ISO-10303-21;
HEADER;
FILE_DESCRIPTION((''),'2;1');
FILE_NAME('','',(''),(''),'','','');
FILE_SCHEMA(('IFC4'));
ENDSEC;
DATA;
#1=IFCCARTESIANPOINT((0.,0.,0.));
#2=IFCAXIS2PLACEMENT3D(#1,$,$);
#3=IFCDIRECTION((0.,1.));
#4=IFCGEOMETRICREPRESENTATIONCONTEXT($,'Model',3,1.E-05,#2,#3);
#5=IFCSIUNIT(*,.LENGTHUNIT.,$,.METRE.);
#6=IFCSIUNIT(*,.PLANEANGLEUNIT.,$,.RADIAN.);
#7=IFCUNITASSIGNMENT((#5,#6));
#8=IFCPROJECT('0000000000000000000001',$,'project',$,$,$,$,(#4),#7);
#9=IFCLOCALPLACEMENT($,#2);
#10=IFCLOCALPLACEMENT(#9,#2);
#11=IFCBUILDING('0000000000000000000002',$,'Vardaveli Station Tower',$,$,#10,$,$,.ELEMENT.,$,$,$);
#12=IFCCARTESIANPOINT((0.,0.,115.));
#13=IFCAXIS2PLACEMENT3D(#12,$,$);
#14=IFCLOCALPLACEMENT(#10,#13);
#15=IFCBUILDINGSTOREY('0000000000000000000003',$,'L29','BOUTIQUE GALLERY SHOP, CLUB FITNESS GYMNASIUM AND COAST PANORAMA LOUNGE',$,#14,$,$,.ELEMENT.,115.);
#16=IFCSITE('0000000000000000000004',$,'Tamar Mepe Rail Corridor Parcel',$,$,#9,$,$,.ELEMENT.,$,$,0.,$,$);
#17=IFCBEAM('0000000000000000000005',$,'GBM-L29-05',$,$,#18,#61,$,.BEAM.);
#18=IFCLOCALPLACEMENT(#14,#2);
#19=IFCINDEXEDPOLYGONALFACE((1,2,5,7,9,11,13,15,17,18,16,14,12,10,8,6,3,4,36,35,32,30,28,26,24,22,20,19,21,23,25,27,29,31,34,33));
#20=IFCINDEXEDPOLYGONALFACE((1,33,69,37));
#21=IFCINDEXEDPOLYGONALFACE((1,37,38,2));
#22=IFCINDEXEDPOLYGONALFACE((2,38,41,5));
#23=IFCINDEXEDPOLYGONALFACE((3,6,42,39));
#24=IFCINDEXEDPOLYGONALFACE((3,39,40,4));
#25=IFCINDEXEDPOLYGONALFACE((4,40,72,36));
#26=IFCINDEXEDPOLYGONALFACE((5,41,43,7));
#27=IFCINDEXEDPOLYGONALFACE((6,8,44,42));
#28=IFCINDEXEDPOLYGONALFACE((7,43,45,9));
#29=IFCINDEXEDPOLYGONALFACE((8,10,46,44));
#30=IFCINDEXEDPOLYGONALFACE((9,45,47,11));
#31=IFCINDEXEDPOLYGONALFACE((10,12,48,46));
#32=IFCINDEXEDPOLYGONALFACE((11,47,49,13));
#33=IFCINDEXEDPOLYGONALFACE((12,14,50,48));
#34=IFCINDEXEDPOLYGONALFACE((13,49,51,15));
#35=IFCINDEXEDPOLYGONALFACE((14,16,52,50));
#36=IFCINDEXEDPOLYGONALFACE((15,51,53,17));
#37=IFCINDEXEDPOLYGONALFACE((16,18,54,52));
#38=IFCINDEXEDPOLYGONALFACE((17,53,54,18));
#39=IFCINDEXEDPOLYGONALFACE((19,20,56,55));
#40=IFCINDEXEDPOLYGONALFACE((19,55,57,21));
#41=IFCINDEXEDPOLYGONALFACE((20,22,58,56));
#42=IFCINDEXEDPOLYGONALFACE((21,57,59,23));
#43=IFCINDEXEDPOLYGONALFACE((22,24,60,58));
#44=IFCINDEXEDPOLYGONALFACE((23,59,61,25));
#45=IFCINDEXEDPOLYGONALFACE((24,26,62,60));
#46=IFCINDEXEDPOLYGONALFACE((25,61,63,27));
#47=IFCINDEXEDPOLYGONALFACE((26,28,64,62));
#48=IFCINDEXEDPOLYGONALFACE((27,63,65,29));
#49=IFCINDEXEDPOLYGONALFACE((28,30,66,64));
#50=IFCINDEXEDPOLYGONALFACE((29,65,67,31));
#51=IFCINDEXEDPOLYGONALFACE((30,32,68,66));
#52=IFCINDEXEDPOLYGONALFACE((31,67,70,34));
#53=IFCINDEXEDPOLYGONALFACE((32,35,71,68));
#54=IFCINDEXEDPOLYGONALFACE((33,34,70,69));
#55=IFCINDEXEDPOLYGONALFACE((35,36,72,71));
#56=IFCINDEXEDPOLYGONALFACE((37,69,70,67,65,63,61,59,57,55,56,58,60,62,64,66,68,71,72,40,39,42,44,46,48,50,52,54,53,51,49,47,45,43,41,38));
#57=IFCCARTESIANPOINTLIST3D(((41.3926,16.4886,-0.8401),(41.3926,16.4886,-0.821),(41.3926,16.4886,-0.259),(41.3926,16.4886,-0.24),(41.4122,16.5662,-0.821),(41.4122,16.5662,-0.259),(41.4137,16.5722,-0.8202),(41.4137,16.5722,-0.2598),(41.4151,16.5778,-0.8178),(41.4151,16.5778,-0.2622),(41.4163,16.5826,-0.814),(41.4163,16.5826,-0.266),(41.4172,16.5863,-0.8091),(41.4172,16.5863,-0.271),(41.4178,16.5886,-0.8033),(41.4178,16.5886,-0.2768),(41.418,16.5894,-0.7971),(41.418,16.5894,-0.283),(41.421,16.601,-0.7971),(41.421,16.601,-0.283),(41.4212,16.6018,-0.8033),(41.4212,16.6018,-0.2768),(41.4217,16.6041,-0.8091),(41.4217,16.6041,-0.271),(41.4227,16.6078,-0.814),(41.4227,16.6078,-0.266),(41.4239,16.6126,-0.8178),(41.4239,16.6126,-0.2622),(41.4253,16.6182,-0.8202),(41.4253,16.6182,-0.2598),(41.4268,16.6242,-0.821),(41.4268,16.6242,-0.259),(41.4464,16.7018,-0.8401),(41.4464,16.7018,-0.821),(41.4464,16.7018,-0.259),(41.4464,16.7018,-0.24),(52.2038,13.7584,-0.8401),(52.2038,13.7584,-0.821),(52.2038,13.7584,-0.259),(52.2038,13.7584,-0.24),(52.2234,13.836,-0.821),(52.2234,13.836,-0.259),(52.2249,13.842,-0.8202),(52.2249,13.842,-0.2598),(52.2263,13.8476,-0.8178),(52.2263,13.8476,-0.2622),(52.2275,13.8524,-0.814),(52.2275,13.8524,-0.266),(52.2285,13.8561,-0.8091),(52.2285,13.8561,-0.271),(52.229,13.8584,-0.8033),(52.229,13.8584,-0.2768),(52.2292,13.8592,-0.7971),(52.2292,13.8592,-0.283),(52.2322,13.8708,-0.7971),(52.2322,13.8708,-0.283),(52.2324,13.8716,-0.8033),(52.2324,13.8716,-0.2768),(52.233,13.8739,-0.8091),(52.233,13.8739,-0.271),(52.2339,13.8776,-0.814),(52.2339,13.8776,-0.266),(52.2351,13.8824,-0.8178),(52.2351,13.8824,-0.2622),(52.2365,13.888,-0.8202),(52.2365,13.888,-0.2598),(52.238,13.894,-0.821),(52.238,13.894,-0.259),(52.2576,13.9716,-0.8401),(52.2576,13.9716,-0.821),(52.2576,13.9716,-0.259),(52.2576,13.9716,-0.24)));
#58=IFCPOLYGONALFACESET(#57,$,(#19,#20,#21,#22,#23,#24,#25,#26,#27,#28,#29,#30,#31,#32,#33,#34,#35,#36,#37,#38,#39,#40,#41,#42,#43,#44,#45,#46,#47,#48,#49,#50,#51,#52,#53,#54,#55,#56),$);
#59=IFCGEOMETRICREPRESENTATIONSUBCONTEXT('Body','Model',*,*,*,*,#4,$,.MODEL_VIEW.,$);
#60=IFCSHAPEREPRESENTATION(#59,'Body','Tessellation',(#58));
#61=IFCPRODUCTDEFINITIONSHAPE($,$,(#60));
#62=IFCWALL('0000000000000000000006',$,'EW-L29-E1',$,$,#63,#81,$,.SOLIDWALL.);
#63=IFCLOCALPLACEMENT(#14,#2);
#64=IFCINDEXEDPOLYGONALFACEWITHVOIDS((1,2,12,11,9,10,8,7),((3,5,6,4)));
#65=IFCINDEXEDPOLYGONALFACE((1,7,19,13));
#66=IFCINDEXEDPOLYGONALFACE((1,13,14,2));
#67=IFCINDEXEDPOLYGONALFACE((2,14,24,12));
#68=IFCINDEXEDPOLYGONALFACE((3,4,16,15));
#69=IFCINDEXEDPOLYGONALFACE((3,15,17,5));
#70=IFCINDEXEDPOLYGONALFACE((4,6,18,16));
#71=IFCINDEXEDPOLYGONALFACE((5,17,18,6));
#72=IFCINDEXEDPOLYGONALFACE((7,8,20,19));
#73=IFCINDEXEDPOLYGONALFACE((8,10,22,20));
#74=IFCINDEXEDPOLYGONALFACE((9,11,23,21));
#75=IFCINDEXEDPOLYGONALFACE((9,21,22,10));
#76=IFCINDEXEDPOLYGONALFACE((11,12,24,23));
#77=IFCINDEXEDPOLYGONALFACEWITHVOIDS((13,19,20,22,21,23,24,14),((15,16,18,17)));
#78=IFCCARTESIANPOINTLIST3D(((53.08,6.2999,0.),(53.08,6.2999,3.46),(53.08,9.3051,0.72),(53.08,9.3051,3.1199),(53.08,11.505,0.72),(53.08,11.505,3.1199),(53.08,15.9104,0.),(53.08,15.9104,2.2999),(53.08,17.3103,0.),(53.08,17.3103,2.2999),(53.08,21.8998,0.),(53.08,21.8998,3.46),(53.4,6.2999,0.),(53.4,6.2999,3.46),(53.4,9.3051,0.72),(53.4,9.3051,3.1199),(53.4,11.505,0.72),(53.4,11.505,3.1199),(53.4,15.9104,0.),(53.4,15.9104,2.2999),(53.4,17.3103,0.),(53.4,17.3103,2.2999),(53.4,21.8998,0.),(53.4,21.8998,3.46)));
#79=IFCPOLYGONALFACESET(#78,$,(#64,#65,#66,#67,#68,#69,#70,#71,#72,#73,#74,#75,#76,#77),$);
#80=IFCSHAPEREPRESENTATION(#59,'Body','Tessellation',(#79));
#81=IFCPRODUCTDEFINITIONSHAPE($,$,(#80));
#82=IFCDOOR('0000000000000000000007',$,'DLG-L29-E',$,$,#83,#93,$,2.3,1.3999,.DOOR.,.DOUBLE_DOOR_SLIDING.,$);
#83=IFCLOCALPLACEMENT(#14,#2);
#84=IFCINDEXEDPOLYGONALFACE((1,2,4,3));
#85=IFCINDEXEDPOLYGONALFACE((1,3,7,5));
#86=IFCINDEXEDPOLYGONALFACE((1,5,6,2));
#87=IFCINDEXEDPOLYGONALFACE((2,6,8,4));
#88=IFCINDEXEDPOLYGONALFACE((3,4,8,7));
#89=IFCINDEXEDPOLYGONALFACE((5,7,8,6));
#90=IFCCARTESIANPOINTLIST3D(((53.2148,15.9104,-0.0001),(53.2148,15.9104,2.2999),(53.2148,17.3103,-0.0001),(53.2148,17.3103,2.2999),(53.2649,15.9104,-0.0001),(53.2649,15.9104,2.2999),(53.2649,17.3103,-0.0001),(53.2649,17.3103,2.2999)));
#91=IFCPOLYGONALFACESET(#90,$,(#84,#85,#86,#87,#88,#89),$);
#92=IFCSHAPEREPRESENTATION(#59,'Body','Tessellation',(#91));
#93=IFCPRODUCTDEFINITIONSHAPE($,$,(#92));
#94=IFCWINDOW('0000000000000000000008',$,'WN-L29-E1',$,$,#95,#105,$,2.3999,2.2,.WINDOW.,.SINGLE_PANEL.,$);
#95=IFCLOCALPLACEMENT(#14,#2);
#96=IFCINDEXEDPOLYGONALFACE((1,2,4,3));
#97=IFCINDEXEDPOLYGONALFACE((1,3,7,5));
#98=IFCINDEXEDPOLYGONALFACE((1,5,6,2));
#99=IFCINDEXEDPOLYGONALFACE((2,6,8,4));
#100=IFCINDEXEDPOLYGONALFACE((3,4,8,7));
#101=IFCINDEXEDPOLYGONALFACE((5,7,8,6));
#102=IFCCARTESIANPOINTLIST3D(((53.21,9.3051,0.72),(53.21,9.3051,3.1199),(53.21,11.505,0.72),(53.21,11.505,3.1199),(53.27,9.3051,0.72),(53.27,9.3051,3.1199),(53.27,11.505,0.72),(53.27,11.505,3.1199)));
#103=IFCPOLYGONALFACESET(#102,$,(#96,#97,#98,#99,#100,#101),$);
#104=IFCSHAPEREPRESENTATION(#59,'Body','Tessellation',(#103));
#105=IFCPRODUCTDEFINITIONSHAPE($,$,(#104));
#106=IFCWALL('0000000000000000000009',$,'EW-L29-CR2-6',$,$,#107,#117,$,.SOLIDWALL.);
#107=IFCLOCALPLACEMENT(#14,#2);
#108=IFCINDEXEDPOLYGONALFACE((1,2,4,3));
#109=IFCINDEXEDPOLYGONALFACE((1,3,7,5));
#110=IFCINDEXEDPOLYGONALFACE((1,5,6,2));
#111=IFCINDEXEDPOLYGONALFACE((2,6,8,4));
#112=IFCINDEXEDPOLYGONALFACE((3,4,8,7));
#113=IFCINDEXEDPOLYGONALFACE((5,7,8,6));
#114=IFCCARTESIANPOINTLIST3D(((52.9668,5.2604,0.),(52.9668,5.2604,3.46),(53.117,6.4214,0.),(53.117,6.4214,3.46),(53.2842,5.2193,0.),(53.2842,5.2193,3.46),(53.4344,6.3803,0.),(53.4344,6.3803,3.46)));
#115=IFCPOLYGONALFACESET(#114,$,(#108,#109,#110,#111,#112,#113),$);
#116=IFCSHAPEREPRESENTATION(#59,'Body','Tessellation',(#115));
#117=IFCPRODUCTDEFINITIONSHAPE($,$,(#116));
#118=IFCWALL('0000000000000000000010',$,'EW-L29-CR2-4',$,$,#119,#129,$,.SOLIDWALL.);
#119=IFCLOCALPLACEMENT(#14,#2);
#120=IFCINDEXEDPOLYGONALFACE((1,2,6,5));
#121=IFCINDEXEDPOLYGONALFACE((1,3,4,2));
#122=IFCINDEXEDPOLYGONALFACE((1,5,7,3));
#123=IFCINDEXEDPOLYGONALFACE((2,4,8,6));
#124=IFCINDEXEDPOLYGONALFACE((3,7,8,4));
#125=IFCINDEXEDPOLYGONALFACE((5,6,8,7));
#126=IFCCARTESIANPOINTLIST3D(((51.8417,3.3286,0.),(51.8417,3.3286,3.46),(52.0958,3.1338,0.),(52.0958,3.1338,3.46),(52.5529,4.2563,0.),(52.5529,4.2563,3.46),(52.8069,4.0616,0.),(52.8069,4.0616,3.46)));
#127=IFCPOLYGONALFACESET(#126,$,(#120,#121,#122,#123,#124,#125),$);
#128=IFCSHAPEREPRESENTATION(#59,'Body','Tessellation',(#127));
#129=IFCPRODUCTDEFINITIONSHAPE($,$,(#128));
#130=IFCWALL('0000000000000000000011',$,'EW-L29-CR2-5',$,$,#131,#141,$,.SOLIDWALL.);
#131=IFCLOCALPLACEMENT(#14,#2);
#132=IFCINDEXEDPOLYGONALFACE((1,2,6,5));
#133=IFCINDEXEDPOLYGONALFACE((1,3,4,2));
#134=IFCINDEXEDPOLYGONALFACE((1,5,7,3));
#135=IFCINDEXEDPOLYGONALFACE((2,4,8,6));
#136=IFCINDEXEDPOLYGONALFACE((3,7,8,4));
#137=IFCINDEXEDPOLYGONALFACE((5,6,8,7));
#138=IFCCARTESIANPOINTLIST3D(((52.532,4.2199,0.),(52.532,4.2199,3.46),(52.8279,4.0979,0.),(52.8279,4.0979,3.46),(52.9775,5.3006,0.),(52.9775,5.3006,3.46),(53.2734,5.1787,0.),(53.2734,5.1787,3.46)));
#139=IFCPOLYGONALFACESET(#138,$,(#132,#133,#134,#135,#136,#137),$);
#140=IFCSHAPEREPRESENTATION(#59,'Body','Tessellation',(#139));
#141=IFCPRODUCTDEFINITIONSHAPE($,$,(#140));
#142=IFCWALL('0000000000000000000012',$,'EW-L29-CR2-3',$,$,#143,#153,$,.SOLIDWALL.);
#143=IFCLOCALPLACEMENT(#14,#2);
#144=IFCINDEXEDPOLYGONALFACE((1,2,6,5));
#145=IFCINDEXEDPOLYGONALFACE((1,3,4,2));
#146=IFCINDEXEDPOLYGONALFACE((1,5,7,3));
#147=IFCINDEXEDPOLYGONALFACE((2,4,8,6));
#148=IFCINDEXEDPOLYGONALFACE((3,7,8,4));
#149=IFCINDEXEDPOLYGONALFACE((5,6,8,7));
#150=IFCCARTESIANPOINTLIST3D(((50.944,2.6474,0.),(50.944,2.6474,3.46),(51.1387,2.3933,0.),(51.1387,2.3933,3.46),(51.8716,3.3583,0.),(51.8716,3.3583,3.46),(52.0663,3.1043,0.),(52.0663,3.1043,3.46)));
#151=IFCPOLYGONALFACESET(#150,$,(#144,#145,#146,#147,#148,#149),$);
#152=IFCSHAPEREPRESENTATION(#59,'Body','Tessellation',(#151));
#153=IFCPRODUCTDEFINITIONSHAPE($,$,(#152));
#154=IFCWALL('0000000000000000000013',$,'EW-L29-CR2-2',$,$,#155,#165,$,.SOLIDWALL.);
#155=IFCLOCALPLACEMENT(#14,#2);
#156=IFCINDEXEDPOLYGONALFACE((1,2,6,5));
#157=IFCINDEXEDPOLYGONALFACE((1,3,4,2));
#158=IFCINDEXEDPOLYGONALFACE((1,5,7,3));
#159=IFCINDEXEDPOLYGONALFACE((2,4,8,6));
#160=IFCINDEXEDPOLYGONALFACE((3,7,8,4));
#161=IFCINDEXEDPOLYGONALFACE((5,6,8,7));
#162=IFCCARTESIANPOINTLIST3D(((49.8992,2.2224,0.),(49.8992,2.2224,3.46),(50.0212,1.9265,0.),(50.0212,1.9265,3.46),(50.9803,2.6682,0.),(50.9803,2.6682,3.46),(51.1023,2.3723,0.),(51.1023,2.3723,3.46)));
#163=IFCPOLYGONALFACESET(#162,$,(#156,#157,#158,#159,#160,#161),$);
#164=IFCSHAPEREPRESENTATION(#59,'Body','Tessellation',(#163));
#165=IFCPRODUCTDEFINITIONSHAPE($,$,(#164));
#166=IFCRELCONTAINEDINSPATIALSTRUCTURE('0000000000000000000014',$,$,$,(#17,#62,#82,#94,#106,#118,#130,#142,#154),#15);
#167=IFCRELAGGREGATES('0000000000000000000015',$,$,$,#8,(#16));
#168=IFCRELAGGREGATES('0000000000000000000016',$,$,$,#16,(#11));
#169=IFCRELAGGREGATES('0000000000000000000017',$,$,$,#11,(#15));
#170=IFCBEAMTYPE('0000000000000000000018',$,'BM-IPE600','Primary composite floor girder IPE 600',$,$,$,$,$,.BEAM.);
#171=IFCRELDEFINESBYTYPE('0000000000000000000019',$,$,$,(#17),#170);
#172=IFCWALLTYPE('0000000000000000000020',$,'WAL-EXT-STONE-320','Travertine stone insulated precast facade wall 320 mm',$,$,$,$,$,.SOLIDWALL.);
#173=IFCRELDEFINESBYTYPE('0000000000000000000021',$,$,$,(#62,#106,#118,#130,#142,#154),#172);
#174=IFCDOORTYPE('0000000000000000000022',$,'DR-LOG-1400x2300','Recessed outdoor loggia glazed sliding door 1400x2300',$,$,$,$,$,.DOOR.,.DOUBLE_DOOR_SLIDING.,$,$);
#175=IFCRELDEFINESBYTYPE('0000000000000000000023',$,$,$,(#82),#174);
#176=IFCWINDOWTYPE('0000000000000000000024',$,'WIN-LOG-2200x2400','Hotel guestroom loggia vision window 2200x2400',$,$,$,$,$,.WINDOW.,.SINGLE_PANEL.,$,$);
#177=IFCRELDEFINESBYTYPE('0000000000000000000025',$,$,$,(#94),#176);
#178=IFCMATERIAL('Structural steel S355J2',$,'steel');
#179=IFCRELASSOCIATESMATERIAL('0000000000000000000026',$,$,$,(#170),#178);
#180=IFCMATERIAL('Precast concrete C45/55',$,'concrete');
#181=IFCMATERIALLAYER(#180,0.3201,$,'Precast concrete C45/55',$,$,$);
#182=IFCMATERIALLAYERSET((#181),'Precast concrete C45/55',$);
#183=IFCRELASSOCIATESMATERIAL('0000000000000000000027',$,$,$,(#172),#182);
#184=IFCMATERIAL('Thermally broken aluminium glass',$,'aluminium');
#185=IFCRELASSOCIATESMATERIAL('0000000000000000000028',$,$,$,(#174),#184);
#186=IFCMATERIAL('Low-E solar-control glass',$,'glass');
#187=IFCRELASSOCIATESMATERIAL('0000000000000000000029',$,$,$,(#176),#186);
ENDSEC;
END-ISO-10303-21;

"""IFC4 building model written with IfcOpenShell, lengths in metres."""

from ifc_helpers import new_model, si_unit, direction, frame, frame_2d, origin, origin_2d, place, context, subcontext, project, spatial, rectangle, i_section, extrude, source, transform, mapped, material, layer, layer_set, material_profile, profile_set, type_object, element, fill, save


model = new_model("IFC4")

# Units and contexts
model_context = context("Model", 3, precision=1e-05, world=origin(), true_north=direction((0.0, 1.0)))
body_context = subcontext(model_context, "Body", "Model", "MODEL_VIEW")
ifc_project = project(units=[si_unit("LENGTHUNIT", "METRE"), si_unit("PLANEANGLEUNIT", "RADIAN")], contexts=[model_context])

# Site, building, storey
site_placement = place(None, origin())
site = spatial("IfcSite", under=ifc_project, at=site_placement, Name="Tamar Mepe Rail Corridor Parcel", CompositionType="ELEMENT", RefElevation=0.0)
building_placement = place(site_placement, origin())
building = spatial("IfcBuilding", under=site, at=building_placement, Name="Vardaveli Station Tower", CompositionType="ELEMENT")
storey_placement = place(building_placement, frame((0.0, 0.0, 115.0)))
storey = spatial("IfcBuildingStorey", under=building, at=storey_placement, Name="L29", Description="BOUTIQUE GALLERY SHOP, CLUB FITNESS GYMNASIUM AND COAST PANORAMA LOUNGE", CompositionType="ELEMENT", Elevation=115.0)

# Beam
ifc_material_1 = material(Name="Precast concrete C45/55", Category="concrete")
ifc_material_2 = material(Name="Structural steel S355J2", Category="steel")
ifc_material_profile_1 = material_profile(ifc_material_2, i_section(OverallWidth=0.22, OverallDepth=0.6001, WebThickness=0.012, FlangeThickness=0.019, FilletRadius=0.0239, at=origin_2d()), Name="IPE 600")
ifc_profile_set_1 = profile_set([ifc_material_profile_1], Name="Structural steel S355J2")
beam_type_1 = type_object("IfcBeamType", Name="BM-IPE600", Description="Primary composite floor girder IPE 600", PredefinedType="BEAM", material=ifc_profile_set_1)
shared_shape_1 = source(origin(), body_context, "Body", "SweptSolid", [
    extrude(i_section(OverallWidth=0.22, OverallDepth=0.6001, WebThickness=0.012, FlangeThickness=0.019, FilletRadius=0.0239, at=origin_2d()), origin(), (0.0, 0.0, 1.0), 11.1506),
])
beam_1_placement = place(storey_placement, frame((52.2307, 13.865, -0.54), z_axis=(-0.969561, 0.244848, 0.0), x_axis=(-0.244848, -0.969561, 0.0)))
element("IfcBeam", 1, at=beam_1_placement, inside=storey, type_object=beam_type_1, Name="GBM-L29-05", PredefinedType="BEAM", context=body_context, shape_type="MappedRepresentation", body=[
    mapped(shared_shape_1, transform((0.0, 0.0, 0.0), scale=1.0)),
])

# Wall, openings, door, window
ifc_layer_1 = layer(ifc_material_1, 0.3201, Name="Precast concrete C45/55")
ifc_layer_set_1 = layer_set([ifc_layer_1], Name="Precast concrete C45/55")
wall_type_1 = type_object("IfcWallType", Name="WAL-EXT-STONE-320", Description="Travertine stone insulated precast facade wall 320 mm", PredefinedType="SOLIDWALL", material=ifc_layer_set_1)
shared_shape_2 = source(origin(), body_context, "Body", "SweptSolid", [
    extrude(rectangle(XDim=15.5999, YDim=0.3201, at=frame_2d((7.7998, 0.0))), origin(), (0.0, 0.0, 1.0), 3.46),
])
wall_1_placement = place(storey_placement, frame((53.24, 6.3, 0.0), z_axis=(0.0, 0.0, 1.0), x_axis=(0.0, 1.0, 0.0)))
wall_1 = element("IfcWall", 2, at=wall_1_placement, inside=storey, type_object=wall_type_1, Name="EW-L29-E1", PredefinedType="SOLIDWALL", context=body_context, shape_type="MappedRepresentation", body=[
    mapped(shared_shape_2, transform((0.0, 0.0, 0.0), scale=1.0)),
])
shared_shape_3 = source(origin(), body_context, "Body", "SweptSolid", [
    extrude(rectangle(XDim=1.3999, YDim=2.3, at=frame_2d((0.7, 1.1499))), frame((0.0, 0.1699, 0.0), z_axis=(0.0, -1.0, 0.0), x_axis=(1.0, 0.0, 0.0)), (0.0, 0.0, 1.0), 0.3401),
])
opening_1_placement = place(wall_1_placement, frame((9.6104, 0.0, 0.0)))
opening_1 = element("IfcOpeningElement", 3, at=opening_1_placement, cuts=wall_1, PredefinedType="OPENING", context=body_context, shape_type="MappedRepresentation", body=[
    mapped(shared_shape_3, transform((0.0, 0.0, 0.0), scale=1.0)),
])
shared_shape_4 = source(origin(), body_context, "Body", "SweptSolid", [
    extrude(rectangle(XDim=2.2, YDim=2.3999, at=frame_2d((1.1001, 1.2))), frame((0.0, 0.1699, 0.0), z_axis=(0.0, -1.0, 0.0), x_axis=(1.0, 0.0, 0.0)), (0.0, 0.0, 1.0), 0.3401),
])
opening_2_placement = place(wall_1_placement, frame((3.0049, 0.0, 0.72)))
opening_2 = element("IfcOpeningElement", 4, at=opening_2_placement, cuts=wall_1, PredefinedType="OPENING", context=body_context, shape_type="MappedRepresentation", body=[
    mapped(shared_shape_4, transform((0.0, 0.0, 0.0), scale=1.0)),
])
ifc_material_3 = material(Name="Thermally broken aluminium glass", Category="aluminium")
door_type_1 = type_object("IfcDoorType", Name="DR-LOG-1400x2300", Description="Recessed outdoor loggia glazed sliding door 1400x2300", OperationType="DOUBLE_DOOR_SLIDING", PredefinedType="DOOR", material=ifc_material_3)
shared_shape_5 = source(origin(), body_context, "Body", "SweptSolid", [
    extrude(rectangle(XDim=1.3999, YDim=2.3, at=frame_2d((0.7, 1.1499))), frame((0.0, 0.0249, 0.0), z_axis=(0.0, -1.0, 0.0), x_axis=(1.0, 0.0, 0.0)), (0.0, 0.0, 1.0), 0.05),
])
door_1_placement = place(opening_1_placement, frame((1.3999, 0.0, 0.0), z_axis=(0.0, 0.0, 1.0), x_axis=(-1.0, 0.0, 0.0)))
door_1 = element("IfcDoor", 5, at=door_1_placement, inside=storey, type_object=door_type_1, Name="DLG-L29-E", OperationType="DOUBLE_DOOR_SLIDING", OverallHeight=2.3, OverallWidth=1.3999, PredefinedType="DOOR", context=body_context, shape_type="MappedRepresentation", body=[
    mapped(shared_shape_5, transform((0.0, 0.0, 0.0), scale=1.0)),
])
fill(opening_1, door_1)
ifc_material_4 = material(Name="Low-E solar-control glass", Category="glass")
window_type = type_object("IfcWindowType", Name="WIN-LOG-2200x2400", Description="Hotel guestroom loggia vision window 2200x2400", PartitioningType="SINGLE_PANEL", PredefinedType="WINDOW", material=ifc_material_4)
shared_shape_6 = source(origin(), body_context, "Body", "SweptSolid", [
    extrude(rectangle(XDim=2.2, YDim=2.3999, at=frame_2d((1.1001, 1.2))), frame((0.0, 0.03, 0.0), z_axis=(0.0, -1.0, 0.0), x_axis=(1.0, 0.0, 0.0)), (0.0, 0.0, 1.0), 0.0601),
])
window_placement = place(opening_2_placement, origin())
window = element("IfcWindow", 6, at=window_placement, inside=storey, type_object=window_type, Name="WN-L29-E1", OverallHeight=2.3999, OverallWidth=2.2, PartitioningType="SINGLE_PANEL", PredefinedType="WINDOW", context=body_context, shape_type="MappedRepresentation", body=[
    mapped(shared_shape_6, transform((0.0, 0.0, 0.0), scale=1.0)),
])
fill(opening_2, window)

# Walls
shared_shape_7 = source(origin(), body_context, "Body", "SweptSolid", [
    extrude(rectangle(XDim=1.1707, YDim=0.3201, at=frame_2d((0.5854, 0.0))), origin(), (0.0, 0.0, 1.0), 3.46),
])
wall_2_placement = place(storey_placement, frame((53.1255, 5.2397, 0.0), z_axis=(0.0, 0.0, 1.0), x_axis=(0.128269, 0.991739, 0.0)))
element("IfcWall", 7, at=wall_2_placement, inside=storey, type_object=wall_type_1, Name="EW-L29-CR2-6", PredefinedType="SOLIDWALL", context=body_context, shape_type="MappedRepresentation", body=[
    mapped(shared_shape_7, transform((0.0, 0.0, 0.0), scale=1.0)),
])
shared_shape_8 = source(origin(), body_context, "Body", "SweptSolid", [
    extrude(rectangle(XDim=1.1689, YDim=0.3201, at=frame_2d((0.5845, 0.0))), origin(), (0.0, 0.0, 1.0), 3.46),
])
for number, where, z_axis, x_axis, name in (
    (8, (51.9688, 3.2312, 0.0), (0.0, 0.0, 1.0), (0.608388, 0.79364, 0.0), "EW-L29-CR2-4"),
    (9, (52.6799, 4.1589, 0.0), (0.0, 0.0, 1.0), (0.381128, 0.924522, 0.0), "EW-L29-CR2-5"),
):
    element("IfcWall", number, at=place(storey_placement, frame(where, z_axis=z_axis, x_axis=x_axis)), inside=storey, type_object=wall_type_1, Name=name, PredefinedType="SOLIDWALL", context=body_context, shape_type="MappedRepresentation", body=[
        mapped(shared_shape_8, transform((0.0, 0.0, 0.0), scale=1.0)),
    ])
shared_shape_9 = source(origin(), body_context, "Body", "SweptSolid", [
    extrude(rectangle(XDim=1.1687, YDim=0.3201, at=frame_2d((0.5845, 0.0))), origin(), (0.0, 0.0, 1.0), 3.46),
])
wall_3_placement = place(storey_placement, frame((51.0413, 2.5203, 0.0), z_axis=(0.0, 0.0, 1.0), x_axis=(0.793664, 0.608357, 0.0)))
element("IfcWall", 10, at=wall_3_placement, inside=storey, type_object=wall_type_1, Name="EW-L29-CR2-3", PredefinedType="SOLIDWALL", context=body_context, shape_type="MappedRepresentation", body=[
    mapped(shared_shape_9, transform((0.0, 0.0, 0.0), scale=1.0)),
])
shared_shape_10 = source(origin(), body_context, "Body", "SweptSolid", [
    extrude(rectangle(XDim=1.1694, YDim=0.3201, at=frame_2d((0.5847, 0.0))), origin(), (0.0, 0.0, 1.0), 3.46),
])
wall_4_placement = place(storey_placement, frame((49.9602, 2.0745, 0.0), z_axis=(0.0, 0.0, 1.0), x_axis=(0.924479, 0.381233, 0.0)))
element("IfcWall", 11, at=wall_4_placement, inside=storey, type_object=wall_type_1, Name="EW-L29-CR2-2", PredefinedType="SOLIDWALL", context=body_context, shape_type="MappedRepresentation", body=[
    mapped(shared_shape_10, transform((0.0, 0.0, 0.0), scale=1.0)),
])

save(model, "model.ifc")
